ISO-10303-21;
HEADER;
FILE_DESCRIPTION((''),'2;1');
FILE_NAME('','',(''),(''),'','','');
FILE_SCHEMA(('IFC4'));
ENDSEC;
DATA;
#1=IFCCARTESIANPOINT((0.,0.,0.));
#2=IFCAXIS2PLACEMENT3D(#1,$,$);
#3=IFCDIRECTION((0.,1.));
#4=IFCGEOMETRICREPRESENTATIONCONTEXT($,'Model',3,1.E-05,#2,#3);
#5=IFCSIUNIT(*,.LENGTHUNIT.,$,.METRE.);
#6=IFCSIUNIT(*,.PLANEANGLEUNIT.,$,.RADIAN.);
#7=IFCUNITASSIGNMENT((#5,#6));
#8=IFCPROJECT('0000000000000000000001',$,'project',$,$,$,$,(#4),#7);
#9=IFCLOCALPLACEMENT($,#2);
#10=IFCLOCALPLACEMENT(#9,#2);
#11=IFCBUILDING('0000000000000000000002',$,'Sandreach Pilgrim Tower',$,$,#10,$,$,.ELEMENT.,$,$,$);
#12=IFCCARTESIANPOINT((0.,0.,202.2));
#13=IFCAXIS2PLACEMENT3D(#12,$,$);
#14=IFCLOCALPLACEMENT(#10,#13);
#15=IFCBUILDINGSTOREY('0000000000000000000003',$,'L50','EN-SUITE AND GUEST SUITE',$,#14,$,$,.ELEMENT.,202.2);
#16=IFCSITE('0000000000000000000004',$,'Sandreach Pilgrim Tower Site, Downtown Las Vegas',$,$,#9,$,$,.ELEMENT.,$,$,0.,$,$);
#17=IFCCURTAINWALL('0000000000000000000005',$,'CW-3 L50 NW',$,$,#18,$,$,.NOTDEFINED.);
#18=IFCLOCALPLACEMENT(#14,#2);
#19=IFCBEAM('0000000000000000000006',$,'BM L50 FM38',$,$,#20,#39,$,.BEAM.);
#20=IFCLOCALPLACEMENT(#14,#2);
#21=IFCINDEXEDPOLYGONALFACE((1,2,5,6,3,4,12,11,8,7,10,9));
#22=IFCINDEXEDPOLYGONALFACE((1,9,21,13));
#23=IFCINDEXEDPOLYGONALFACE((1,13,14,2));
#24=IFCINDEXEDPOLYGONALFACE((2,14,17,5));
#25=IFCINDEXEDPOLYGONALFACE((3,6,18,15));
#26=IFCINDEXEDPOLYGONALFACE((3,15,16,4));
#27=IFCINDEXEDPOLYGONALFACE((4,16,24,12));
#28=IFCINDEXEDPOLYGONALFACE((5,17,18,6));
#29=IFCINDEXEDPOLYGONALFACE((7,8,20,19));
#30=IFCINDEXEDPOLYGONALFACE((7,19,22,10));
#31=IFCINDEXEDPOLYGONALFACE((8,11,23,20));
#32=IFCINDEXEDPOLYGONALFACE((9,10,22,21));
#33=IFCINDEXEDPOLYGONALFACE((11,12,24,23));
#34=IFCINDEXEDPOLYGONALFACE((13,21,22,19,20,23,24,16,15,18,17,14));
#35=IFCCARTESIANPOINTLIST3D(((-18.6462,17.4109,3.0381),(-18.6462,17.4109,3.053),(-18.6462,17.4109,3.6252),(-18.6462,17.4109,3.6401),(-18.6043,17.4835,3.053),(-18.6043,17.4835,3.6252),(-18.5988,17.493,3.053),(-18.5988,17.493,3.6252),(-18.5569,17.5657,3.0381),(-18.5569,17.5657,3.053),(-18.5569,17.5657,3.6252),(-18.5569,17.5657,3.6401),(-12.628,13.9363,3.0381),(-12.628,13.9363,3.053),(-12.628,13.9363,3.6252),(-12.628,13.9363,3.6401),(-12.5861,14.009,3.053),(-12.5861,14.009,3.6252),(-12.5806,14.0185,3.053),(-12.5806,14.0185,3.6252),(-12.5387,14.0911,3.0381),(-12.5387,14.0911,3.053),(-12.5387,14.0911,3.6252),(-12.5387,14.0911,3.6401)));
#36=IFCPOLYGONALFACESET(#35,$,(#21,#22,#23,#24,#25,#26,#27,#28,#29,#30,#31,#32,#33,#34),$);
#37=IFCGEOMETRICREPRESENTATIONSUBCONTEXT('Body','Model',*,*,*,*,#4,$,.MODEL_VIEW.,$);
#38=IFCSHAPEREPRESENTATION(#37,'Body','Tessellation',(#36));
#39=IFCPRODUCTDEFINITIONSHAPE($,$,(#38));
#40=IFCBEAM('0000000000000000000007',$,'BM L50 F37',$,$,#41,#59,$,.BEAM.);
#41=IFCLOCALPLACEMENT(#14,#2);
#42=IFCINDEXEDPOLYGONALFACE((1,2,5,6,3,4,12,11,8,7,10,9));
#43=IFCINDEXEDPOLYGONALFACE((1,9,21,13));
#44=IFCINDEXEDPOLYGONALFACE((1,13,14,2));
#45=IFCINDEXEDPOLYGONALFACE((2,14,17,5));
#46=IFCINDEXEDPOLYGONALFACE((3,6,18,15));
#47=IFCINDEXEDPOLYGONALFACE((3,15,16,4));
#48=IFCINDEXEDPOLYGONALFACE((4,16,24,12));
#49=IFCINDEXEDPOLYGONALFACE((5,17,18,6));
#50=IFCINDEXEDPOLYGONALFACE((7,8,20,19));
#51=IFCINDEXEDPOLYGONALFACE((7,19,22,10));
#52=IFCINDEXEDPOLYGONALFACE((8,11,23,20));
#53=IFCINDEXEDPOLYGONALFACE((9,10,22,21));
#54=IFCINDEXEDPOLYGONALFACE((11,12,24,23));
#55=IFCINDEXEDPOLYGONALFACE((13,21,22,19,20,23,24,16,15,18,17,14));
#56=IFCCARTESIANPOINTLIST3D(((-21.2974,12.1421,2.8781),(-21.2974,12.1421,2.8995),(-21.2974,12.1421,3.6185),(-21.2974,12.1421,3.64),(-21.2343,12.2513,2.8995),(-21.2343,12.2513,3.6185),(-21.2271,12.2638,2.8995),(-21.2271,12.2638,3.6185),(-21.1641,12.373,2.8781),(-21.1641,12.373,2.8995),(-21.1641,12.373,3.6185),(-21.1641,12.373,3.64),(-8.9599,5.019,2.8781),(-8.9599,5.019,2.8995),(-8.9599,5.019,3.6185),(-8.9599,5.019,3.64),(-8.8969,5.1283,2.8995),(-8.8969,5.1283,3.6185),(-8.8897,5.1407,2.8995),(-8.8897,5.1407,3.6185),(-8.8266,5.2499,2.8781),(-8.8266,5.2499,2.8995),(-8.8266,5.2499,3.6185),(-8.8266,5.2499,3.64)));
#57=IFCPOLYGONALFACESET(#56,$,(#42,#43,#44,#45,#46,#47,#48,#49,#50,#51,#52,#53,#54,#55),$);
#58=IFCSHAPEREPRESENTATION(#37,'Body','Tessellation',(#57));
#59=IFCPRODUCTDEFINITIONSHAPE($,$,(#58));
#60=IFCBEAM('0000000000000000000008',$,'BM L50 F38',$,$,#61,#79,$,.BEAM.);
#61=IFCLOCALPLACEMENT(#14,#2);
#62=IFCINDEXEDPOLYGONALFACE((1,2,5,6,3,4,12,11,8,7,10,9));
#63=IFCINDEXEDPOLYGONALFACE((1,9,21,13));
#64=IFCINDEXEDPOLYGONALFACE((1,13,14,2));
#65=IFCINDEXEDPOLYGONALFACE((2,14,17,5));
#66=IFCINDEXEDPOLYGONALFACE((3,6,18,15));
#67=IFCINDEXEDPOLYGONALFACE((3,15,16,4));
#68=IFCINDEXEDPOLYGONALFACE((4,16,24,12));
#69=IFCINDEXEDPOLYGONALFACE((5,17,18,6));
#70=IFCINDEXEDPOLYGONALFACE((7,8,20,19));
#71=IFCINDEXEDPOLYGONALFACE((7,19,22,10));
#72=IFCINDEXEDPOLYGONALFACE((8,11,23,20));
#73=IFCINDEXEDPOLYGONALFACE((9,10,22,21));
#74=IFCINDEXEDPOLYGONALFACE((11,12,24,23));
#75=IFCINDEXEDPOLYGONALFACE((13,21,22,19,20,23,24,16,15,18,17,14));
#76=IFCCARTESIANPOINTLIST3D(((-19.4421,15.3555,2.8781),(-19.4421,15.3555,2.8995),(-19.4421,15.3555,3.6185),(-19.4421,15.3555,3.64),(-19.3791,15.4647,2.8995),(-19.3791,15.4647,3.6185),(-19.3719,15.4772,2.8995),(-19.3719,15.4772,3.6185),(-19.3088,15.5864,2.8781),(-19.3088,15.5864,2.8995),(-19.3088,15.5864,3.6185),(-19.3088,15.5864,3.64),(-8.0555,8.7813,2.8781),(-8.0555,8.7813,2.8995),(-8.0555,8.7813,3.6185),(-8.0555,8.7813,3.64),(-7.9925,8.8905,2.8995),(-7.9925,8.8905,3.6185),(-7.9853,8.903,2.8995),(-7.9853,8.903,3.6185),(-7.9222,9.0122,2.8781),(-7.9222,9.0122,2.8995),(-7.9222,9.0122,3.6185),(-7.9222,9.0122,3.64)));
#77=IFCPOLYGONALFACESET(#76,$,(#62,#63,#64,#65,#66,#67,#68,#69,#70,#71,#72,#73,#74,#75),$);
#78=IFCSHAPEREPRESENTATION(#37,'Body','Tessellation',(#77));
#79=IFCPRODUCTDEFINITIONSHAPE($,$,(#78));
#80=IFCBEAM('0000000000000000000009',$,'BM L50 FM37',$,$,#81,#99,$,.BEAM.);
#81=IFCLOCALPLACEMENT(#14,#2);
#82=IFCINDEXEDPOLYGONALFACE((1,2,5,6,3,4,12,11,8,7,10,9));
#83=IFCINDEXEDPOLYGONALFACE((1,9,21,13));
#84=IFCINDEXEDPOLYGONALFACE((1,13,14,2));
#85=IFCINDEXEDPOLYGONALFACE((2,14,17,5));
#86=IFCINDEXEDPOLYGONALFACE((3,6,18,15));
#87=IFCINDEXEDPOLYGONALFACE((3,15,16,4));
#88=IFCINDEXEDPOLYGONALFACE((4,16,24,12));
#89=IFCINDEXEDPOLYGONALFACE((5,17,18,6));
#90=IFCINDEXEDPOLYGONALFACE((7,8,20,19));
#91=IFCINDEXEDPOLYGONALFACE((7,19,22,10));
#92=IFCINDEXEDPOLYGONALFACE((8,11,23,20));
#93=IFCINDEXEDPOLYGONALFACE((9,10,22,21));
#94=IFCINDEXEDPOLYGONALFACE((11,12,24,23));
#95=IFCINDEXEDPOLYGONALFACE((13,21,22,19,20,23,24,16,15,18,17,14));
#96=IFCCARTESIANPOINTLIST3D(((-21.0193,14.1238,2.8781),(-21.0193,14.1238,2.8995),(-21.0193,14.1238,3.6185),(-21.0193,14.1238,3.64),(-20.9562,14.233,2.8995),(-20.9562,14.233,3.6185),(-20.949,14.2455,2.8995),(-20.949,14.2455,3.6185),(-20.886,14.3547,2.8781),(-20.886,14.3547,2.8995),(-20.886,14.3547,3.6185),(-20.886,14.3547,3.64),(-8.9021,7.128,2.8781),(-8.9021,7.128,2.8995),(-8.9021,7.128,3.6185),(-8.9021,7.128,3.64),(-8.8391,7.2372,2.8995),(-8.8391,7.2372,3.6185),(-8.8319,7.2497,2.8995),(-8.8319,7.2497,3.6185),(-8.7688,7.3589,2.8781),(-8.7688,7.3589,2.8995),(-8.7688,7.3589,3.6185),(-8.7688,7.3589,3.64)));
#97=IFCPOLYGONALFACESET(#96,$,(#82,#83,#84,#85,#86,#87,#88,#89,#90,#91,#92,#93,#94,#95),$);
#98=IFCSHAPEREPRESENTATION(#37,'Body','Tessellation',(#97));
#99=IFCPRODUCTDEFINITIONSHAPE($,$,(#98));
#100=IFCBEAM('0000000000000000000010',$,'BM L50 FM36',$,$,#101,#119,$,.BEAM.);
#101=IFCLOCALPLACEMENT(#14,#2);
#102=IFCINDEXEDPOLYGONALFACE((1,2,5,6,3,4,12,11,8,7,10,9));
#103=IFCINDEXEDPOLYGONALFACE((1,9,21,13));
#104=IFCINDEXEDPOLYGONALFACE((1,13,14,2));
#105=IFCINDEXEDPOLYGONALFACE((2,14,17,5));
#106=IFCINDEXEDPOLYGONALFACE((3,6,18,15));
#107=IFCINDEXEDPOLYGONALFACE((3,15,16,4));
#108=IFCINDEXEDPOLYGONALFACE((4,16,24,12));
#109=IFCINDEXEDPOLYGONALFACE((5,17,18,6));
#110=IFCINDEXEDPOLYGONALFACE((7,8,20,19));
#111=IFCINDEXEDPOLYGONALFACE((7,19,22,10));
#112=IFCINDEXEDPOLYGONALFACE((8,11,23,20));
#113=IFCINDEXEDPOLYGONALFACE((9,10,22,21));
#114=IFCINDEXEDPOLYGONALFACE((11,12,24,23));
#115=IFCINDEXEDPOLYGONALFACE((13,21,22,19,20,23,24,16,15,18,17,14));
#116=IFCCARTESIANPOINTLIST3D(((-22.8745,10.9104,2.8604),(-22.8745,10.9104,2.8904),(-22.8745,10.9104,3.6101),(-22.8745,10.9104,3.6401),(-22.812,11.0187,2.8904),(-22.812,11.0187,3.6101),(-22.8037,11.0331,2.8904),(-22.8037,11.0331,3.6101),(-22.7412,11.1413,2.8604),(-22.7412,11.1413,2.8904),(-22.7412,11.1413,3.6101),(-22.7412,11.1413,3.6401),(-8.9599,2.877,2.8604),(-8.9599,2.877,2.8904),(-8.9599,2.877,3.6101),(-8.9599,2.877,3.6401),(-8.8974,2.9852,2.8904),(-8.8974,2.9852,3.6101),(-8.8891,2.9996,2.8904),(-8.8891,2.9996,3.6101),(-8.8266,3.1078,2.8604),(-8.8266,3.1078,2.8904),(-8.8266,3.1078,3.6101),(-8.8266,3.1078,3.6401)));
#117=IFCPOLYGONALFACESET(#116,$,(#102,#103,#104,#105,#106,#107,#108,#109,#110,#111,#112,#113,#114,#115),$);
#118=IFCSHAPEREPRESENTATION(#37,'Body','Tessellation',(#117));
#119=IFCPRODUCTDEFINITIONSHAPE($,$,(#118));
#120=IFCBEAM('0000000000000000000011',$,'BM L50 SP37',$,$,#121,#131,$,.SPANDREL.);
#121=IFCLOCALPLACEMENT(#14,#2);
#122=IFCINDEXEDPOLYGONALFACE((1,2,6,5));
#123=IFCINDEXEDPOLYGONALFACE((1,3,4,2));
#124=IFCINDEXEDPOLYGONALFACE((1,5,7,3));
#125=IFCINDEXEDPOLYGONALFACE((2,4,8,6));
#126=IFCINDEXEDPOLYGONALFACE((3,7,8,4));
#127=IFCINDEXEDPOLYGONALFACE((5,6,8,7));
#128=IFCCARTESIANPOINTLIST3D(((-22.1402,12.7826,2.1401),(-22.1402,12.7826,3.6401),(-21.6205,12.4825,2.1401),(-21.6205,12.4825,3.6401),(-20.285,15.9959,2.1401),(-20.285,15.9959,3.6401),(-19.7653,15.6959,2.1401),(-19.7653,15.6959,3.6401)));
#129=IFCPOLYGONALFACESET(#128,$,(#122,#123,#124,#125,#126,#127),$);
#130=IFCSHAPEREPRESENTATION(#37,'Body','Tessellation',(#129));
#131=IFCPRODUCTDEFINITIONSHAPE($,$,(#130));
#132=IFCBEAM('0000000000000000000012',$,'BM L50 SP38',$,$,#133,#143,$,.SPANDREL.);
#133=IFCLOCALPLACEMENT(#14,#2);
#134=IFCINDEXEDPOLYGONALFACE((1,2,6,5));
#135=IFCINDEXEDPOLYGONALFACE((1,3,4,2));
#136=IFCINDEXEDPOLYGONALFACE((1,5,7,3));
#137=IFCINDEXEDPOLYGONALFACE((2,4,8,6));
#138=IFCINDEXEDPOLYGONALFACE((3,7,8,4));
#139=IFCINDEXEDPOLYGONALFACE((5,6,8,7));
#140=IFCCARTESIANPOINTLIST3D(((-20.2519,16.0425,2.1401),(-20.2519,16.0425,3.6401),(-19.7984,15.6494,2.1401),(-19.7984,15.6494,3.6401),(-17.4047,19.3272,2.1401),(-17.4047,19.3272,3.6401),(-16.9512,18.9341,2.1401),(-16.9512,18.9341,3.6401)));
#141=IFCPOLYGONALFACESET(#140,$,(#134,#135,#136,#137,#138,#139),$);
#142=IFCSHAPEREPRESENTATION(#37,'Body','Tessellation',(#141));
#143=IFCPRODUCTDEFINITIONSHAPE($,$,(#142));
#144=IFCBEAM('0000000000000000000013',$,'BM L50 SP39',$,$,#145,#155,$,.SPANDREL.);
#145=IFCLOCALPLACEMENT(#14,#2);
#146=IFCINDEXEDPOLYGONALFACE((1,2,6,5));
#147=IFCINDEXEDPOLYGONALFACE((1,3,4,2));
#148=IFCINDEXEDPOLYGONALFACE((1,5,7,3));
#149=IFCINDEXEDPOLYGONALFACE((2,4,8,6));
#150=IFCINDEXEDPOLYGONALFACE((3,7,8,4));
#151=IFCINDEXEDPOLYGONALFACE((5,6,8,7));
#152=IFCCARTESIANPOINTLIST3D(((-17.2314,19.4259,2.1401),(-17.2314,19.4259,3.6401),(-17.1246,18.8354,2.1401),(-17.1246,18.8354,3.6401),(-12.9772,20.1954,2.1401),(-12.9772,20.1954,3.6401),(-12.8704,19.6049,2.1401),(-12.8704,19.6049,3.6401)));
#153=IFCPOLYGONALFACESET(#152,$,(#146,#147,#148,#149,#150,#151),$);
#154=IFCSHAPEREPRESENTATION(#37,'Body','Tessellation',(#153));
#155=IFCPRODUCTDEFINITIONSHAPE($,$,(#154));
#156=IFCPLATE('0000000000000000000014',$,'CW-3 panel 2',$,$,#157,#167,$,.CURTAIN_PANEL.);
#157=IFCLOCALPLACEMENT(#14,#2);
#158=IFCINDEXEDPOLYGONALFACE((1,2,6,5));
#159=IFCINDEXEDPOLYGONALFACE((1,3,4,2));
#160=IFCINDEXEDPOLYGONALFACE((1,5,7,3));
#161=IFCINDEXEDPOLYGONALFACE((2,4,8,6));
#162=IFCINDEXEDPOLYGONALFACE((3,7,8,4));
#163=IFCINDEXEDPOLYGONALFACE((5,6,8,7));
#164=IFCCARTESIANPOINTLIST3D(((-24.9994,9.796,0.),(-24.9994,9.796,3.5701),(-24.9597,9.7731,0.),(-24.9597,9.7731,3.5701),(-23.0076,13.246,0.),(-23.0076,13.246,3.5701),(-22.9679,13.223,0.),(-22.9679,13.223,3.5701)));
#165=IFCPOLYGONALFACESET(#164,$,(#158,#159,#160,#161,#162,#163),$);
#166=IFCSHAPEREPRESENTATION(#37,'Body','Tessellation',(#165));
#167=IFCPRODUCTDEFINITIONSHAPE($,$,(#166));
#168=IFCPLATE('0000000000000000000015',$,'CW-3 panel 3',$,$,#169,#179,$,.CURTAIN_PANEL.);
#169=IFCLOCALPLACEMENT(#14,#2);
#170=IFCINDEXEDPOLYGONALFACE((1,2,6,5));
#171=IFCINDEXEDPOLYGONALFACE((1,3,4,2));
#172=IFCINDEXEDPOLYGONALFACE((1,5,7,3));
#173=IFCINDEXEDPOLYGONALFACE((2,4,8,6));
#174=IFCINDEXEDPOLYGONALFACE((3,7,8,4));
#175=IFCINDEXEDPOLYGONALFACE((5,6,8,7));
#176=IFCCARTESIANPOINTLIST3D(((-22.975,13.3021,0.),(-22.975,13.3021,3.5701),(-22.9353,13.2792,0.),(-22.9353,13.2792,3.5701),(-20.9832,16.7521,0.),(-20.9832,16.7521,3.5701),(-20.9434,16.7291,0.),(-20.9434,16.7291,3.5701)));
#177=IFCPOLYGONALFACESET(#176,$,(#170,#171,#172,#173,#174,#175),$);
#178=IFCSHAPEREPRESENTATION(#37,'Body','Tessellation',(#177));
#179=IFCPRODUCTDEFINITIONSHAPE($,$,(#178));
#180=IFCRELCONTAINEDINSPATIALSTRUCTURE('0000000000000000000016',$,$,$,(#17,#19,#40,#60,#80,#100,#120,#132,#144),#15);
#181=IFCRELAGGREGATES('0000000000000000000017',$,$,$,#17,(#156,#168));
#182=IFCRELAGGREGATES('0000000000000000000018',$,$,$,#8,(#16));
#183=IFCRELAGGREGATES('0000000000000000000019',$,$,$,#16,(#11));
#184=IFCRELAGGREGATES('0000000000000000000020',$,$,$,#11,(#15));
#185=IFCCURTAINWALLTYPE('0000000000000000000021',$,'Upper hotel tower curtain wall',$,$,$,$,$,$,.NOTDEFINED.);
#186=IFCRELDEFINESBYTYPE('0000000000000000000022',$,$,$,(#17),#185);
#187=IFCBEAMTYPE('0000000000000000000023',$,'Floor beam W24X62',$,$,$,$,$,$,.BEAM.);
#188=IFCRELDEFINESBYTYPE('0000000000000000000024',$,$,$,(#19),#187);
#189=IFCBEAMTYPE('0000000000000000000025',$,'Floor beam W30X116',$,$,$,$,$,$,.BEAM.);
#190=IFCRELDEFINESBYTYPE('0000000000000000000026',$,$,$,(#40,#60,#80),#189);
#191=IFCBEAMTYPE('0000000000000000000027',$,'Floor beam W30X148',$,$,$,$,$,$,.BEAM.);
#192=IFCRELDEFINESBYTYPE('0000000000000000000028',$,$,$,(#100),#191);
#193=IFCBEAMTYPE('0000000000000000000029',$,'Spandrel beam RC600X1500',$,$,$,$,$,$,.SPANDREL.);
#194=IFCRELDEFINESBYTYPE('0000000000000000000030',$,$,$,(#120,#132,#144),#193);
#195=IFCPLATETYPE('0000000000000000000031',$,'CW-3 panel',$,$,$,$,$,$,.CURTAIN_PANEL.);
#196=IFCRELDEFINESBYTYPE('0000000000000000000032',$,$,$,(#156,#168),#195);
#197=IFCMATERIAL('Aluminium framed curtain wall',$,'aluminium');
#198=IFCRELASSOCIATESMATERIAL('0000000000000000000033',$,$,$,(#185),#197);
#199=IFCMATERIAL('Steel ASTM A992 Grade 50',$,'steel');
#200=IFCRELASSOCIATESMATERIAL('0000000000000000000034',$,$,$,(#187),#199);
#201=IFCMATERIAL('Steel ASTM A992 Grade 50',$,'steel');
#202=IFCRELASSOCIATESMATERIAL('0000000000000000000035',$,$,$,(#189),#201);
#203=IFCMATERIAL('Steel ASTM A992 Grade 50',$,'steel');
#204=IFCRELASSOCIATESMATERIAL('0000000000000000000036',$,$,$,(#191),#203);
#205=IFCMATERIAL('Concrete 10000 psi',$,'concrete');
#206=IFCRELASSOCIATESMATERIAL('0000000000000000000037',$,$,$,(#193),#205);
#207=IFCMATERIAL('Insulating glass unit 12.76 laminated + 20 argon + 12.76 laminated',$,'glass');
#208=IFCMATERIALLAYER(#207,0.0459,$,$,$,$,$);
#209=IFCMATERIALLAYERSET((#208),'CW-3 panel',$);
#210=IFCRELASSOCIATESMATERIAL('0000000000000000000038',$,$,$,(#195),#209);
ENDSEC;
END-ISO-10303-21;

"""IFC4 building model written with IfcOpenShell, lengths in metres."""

from ifc_helpers import new_model, si_unit, direction, frame, origin, origin_2d, place, context, subcontext, project, spatial, rectangle, i_section, extrude, material, layer, layer_set, material_profile, profile_set, type_object, element, aggregate, save


model = new_model("IFC4")

# Units and contexts
model_context = context("Model", 3, precision=1e-05, world=origin(), true_north=direction((0.0, 1.0)))
body_context = subcontext(model_context, "Body", "Model", "MODEL_VIEW")
ifc_project = project(units=[si_unit("LENGTHUNIT", "METRE"), si_unit("PLANEANGLEUNIT", "RADIAN")], contexts=[model_context])

# Site, building, storey
site_placement = place(None, origin())
site = spatial("IfcSite", under=ifc_project, at=site_placement, Name="Sandreach Pilgrim Tower Site, Downtown Las Vegas", CompositionType="ELEMENT", RefElevation=0.0)
building_placement = place(site_placement, origin())
building = spatial("IfcBuilding", under=site, at=building_placement, Name="Sandreach Pilgrim Tower", CompositionType="ELEMENT")
storey_placement = place(building_placement, frame((0.0, 0.0, 202.2)))
storey = spatial("IfcBuildingStorey", under=building, at=storey_placement, Name="L50", Description="EN-SUITE AND GUEST SUITE", CompositionType="ELEMENT", Elevation=202.2)

# Shared definitions
ifc_material_1 = material(Name="Aluminium framed curtain wall", Category="aluminium")
curtain_wall_type = type_object("IfcCurtainWallType", Name="Upper hotel tower curtain wall", PredefinedType="NOTDEFINED", material=ifc_material_1)

# Curtain wall
curtain_wall_1_placement = place(storey_placement, origin())
curtain_wall_1 = element("IfcCurtainWall", 1, at=curtain_wall_1_placement, inside=storey, type_object=curtain_wall_type, Name="CW-3 L50 NW", PredefinedType="NOTDEFINED")

# Beams
ifc_material_2 = material(Name="Steel ASTM A992 Grade 50", Category="steel")
ifc_material_profile_1 = material_profile(ifc_material_2, i_section(OverallWidth=0.1787, OverallDepth=0.6021, WebThickness=0.011, FlangeThickness=0.0149, at=origin_2d()), Name="W24X62")
ifc_profile_set_1 = profile_set([ifc_material_profile_1], Name="Steel ASTM A992 Grade 50")
beam_type_1 = type_object("IfcBeamType", Name="Floor beam W24X62", PredefinedType="BEAM", material=ifc_profile_set_1)
beam_1_placement = place(storey_placement, frame((-18.6016, 17.4883, 3.3391), z_axis=(0.866029, -0.499993, 0.0), x_axis=(0.499993, 0.866029, 0.0)))
element("IfcBeam", 2, at=beam_1_placement, inside=storey, type_object=beam_type_1, Name="BM L50 FM38", PredefinedType="BEAM", context=body_context, shape_type="SweptSolid", body=[
    extrude(i_section(OverallWidth=0.1787, OverallDepth=0.6021, WebThickness=0.011, FlangeThickness=0.0149, at=origin_2d()), origin(), (0.0, 0.0, 1.0), 6.9492),
])
ifc_material_3 = material(Name="Steel ASTM A992 Grade 50", Category="steel")
ifc_material_profile_2 = material_profile(ifc_material_3, i_section(OverallWidth=0.2666, OverallDepth=0.762, WebThickness=0.0144, FlangeThickness=0.0215, at=origin_2d()), Name="W30X116")
ifc_profile_set_2 = profile_set([ifc_material_profile_2], Name="Steel ASTM A992 Grade 50")
beam_type_2 = type_object("IfcBeamType", Name="Floor beam W30X116", PredefinedType="BEAM", material=ifc_profile_set_2)
beam_2_placement = place(storey_placement, frame((-21.2307, 12.2576, 3.259), z_axis=(0.866024, -0.500002, 0.0), x_axis=(0.500002, 0.866024, 0.0)))
element("IfcBeam", 3, at=beam_2_placement, inside=storey, type_object=beam_type_2, Name="BM L50 F37", PredefinedType="BEAM", context=body_context, shape_type="SweptSolid", body=[
    extrude(i_section(OverallWidth=0.2666, OverallDepth=0.762, WebThickness=0.0144, FlangeThickness=0.0215, at=origin_2d()), origin(), (0.0, 0.0, 1.0), 14.2461),
])
beam_3_placement = place(storey_placement, frame((-19.3755, 15.4709, 3.259), z_axis=(0.866022, -0.500005, 0.0), x_axis=(0.500005, 0.866022, 0.0)))
element("IfcBeam", 4, at=beam_3_placement, inside=storey, type_object=beam_type_2, Name="BM L50 F38", PredefinedType="BEAM", context=body_context, shape_type="SweptSolid", body=[
    extrude(i_section(OverallWidth=0.2666, OverallDepth=0.762, WebThickness=0.0144, FlangeThickness=0.0215, at=origin_2d()), origin(), (0.0, 0.0, 1.0), 13.1482),
])
beam_4_placement = place(storey_placement, frame((-20.9526, 14.2393, 3.259), z_axis=(0.866026, -0.499999, 0.0), x_axis=(0.499999, 0.866026, 0.0)))
element("IfcBeam", 5, at=beam_4_placement, inside=storey, type_object=beam_type_2, Name="BM L50 FM37", PredefinedType="BEAM", context=body_context, shape_type="SweptSolid", body=[
    extrude(i_section(OverallWidth=0.2666, OverallDepth=0.762, WebThickness=0.0144, FlangeThickness=0.0215, at=origin_2d()), origin(), (0.0, 0.0, 1.0), 13.9917),
])
ifc_material_4 = material(Name="Steel ASTM A992 Grade 50", Category="steel")
ifc_material_profile_3 = material_profile(ifc_material_4, i_section(OverallWidth=0.2666, OverallDepth=0.7798, WebThickness=0.0166, FlangeThickness=0.03, at=origin_2d()), Name="W30X148")
ifc_profile_set_3 = profile_set([ifc_material_profile_3], Name="Steel ASTM A992 Grade 50")
beam_type_3 = type_object("IfcBeamType", Name="Floor beam W30X148", PredefinedType="BEAM", material=ifc_profile_set_3)
beam_5_placement = place(storey_placement, frame((-22.8079, 11.0259, 3.2502), z_axis=(0.866029, -0.499994, 0.0), x_axis=(0.499994, 0.866029, 0.0)))
element("IfcBeam", 6, at=beam_5_placement, inside=storey, type_object=beam_type_3, Name="BM L50 FM36", PredefinedType="BEAM", context=body_context, shape_type="SweptSolid", body=[
    extrude(i_section(OverallWidth=0.2666, OverallDepth=0.7798, WebThickness=0.0166, FlangeThickness=0.03, at=origin_2d()), origin(), (0.0, 0.0, 1.0), 16.0671),
])
ifc_material_5 = material(Name="Concrete 10000 psi", Category="concrete")
ifc_material_profile_4 = material_profile(ifc_material_5, rectangle(XDim=0.6001, YDim=1.5, at=origin_2d()), Name="RC600X1500")
ifc_profile_set_4 = profile_set([ifc_material_profile_4], Name="Concrete 10000 psi")
beam_type_4 = type_object("IfcBeamType", Name="Spandrel beam RC600X1500", PredefinedType="SPANDREL", material=ifc_profile_set_4)
beam_6_placement = place(storey_placement, frame((-21.8804, 12.6326, 2.8901), z_axis=(0.499996, 0.866028, 0.0), x_axis=(-0.866028, 0.499996, 0.0)))
element("IfcBeam", 7, at=beam_6_placement, inside=storey, type_object=beam_type_4, Name="BM L50 SP37", PredefinedType="SPANDREL", context=body_context, shape_type="SweptSolid", body=[
    extrude(rectangle(XDim=0.6001, YDim=1.5, at=origin_2d()), origin(), (0.0, 0.0, 1.0), 3.7104),
])
beam_7_placement = place(storey_placement, frame((-20.0251, 15.8459, 2.8901), z_axis=(0.65499, 0.755637, 0.0), x_axis=(-0.755637, 0.65499, 0.0)))
element("IfcBeam", 8, at=beam_7_placement, inside=storey, type_object=beam_type_4, Name="BM L50 SP38", PredefinedType="SPANDREL", context=body_context, shape_type="SweptSolid", body=[
    extrude(rectangle(XDim=0.6001, YDim=1.5, at=origin_2d()), origin(), (0.0, 0.0, 1.0), 4.3469),
])
beam_8_placement = place(storey_placement, frame((-17.178, 19.1306, 2.8901), z_axis=(0.98403, 0.178001, 0.0), x_axis=(-0.178001, 0.98403, 0.0)))
element("IfcBeam", 9, at=beam_8_placement, inside=storey, type_object=beam_type_4, Name="BM L50 SP39", PredefinedType="SPANDREL", context=body_context, shape_type="SweptSolid", body=[
    extrude(rectangle(XDim=0.6001, YDim=1.5, at=origin_2d()), origin(), (0.0, 0.0, 1.0), 4.3232),
])

# Plates
ifc_material_6 = material(Name="Insulating glass unit 12.76 laminated + 20 argon + 12.76 laminated", Category="glass")
ifc_layer_1 = layer(ifc_material_6, 0.0459)
ifc_layer_set_1 = layer_set([ifc_layer_1], Name="CW-3 panel")
plate_type = type_object("IfcPlateType", Name="CW-3 panel", PredefinedType="CURTAIN_PANEL", material=ifc_layer_set_1)
plate_1_placement = place(storey_placement, frame((-23.9836, 11.5095, 0.0), z_axis=(0.0, 0.0, 1.0), x_axis=(0.5, 0.866025, 0.0)))
plate_1 = element("IfcPlate", 10, at=plate_1_placement, type_object=plate_type, Name="CW-3 panel 2", PredefinedType="CURTAIN_PANEL", context=body_context, shape_type="SweptSolid", body=[
    extrude(rectangle(XDim=3.9836, YDim=0.0459, at=origin_2d()), origin(), (0.0, 0.0, 1.0), 3.5701),
])
plate_2_placement = place(storey_placement, frame((-21.9592, 15.0156, 0.0), z_axis=(0.0, 0.0, 1.0), x_axis=(0.5, 0.866025, 0.0)))
plate_2 = element("IfcPlate", 11, at=plate_2_placement, type_object=plate_type, Name="CW-3 panel 3", PredefinedType="CURTAIN_PANEL", context=body_context, shape_type="SweptSolid", body=[
    extrude(rectangle(XDim=3.9836, YDim=0.0459, at=origin_2d()), origin(), (0.0, 0.0, 1.0), 3.5701),
])
aggregate(curtain_wall_1, [plate_1, plate_2])

save(model, "model.ifc")
